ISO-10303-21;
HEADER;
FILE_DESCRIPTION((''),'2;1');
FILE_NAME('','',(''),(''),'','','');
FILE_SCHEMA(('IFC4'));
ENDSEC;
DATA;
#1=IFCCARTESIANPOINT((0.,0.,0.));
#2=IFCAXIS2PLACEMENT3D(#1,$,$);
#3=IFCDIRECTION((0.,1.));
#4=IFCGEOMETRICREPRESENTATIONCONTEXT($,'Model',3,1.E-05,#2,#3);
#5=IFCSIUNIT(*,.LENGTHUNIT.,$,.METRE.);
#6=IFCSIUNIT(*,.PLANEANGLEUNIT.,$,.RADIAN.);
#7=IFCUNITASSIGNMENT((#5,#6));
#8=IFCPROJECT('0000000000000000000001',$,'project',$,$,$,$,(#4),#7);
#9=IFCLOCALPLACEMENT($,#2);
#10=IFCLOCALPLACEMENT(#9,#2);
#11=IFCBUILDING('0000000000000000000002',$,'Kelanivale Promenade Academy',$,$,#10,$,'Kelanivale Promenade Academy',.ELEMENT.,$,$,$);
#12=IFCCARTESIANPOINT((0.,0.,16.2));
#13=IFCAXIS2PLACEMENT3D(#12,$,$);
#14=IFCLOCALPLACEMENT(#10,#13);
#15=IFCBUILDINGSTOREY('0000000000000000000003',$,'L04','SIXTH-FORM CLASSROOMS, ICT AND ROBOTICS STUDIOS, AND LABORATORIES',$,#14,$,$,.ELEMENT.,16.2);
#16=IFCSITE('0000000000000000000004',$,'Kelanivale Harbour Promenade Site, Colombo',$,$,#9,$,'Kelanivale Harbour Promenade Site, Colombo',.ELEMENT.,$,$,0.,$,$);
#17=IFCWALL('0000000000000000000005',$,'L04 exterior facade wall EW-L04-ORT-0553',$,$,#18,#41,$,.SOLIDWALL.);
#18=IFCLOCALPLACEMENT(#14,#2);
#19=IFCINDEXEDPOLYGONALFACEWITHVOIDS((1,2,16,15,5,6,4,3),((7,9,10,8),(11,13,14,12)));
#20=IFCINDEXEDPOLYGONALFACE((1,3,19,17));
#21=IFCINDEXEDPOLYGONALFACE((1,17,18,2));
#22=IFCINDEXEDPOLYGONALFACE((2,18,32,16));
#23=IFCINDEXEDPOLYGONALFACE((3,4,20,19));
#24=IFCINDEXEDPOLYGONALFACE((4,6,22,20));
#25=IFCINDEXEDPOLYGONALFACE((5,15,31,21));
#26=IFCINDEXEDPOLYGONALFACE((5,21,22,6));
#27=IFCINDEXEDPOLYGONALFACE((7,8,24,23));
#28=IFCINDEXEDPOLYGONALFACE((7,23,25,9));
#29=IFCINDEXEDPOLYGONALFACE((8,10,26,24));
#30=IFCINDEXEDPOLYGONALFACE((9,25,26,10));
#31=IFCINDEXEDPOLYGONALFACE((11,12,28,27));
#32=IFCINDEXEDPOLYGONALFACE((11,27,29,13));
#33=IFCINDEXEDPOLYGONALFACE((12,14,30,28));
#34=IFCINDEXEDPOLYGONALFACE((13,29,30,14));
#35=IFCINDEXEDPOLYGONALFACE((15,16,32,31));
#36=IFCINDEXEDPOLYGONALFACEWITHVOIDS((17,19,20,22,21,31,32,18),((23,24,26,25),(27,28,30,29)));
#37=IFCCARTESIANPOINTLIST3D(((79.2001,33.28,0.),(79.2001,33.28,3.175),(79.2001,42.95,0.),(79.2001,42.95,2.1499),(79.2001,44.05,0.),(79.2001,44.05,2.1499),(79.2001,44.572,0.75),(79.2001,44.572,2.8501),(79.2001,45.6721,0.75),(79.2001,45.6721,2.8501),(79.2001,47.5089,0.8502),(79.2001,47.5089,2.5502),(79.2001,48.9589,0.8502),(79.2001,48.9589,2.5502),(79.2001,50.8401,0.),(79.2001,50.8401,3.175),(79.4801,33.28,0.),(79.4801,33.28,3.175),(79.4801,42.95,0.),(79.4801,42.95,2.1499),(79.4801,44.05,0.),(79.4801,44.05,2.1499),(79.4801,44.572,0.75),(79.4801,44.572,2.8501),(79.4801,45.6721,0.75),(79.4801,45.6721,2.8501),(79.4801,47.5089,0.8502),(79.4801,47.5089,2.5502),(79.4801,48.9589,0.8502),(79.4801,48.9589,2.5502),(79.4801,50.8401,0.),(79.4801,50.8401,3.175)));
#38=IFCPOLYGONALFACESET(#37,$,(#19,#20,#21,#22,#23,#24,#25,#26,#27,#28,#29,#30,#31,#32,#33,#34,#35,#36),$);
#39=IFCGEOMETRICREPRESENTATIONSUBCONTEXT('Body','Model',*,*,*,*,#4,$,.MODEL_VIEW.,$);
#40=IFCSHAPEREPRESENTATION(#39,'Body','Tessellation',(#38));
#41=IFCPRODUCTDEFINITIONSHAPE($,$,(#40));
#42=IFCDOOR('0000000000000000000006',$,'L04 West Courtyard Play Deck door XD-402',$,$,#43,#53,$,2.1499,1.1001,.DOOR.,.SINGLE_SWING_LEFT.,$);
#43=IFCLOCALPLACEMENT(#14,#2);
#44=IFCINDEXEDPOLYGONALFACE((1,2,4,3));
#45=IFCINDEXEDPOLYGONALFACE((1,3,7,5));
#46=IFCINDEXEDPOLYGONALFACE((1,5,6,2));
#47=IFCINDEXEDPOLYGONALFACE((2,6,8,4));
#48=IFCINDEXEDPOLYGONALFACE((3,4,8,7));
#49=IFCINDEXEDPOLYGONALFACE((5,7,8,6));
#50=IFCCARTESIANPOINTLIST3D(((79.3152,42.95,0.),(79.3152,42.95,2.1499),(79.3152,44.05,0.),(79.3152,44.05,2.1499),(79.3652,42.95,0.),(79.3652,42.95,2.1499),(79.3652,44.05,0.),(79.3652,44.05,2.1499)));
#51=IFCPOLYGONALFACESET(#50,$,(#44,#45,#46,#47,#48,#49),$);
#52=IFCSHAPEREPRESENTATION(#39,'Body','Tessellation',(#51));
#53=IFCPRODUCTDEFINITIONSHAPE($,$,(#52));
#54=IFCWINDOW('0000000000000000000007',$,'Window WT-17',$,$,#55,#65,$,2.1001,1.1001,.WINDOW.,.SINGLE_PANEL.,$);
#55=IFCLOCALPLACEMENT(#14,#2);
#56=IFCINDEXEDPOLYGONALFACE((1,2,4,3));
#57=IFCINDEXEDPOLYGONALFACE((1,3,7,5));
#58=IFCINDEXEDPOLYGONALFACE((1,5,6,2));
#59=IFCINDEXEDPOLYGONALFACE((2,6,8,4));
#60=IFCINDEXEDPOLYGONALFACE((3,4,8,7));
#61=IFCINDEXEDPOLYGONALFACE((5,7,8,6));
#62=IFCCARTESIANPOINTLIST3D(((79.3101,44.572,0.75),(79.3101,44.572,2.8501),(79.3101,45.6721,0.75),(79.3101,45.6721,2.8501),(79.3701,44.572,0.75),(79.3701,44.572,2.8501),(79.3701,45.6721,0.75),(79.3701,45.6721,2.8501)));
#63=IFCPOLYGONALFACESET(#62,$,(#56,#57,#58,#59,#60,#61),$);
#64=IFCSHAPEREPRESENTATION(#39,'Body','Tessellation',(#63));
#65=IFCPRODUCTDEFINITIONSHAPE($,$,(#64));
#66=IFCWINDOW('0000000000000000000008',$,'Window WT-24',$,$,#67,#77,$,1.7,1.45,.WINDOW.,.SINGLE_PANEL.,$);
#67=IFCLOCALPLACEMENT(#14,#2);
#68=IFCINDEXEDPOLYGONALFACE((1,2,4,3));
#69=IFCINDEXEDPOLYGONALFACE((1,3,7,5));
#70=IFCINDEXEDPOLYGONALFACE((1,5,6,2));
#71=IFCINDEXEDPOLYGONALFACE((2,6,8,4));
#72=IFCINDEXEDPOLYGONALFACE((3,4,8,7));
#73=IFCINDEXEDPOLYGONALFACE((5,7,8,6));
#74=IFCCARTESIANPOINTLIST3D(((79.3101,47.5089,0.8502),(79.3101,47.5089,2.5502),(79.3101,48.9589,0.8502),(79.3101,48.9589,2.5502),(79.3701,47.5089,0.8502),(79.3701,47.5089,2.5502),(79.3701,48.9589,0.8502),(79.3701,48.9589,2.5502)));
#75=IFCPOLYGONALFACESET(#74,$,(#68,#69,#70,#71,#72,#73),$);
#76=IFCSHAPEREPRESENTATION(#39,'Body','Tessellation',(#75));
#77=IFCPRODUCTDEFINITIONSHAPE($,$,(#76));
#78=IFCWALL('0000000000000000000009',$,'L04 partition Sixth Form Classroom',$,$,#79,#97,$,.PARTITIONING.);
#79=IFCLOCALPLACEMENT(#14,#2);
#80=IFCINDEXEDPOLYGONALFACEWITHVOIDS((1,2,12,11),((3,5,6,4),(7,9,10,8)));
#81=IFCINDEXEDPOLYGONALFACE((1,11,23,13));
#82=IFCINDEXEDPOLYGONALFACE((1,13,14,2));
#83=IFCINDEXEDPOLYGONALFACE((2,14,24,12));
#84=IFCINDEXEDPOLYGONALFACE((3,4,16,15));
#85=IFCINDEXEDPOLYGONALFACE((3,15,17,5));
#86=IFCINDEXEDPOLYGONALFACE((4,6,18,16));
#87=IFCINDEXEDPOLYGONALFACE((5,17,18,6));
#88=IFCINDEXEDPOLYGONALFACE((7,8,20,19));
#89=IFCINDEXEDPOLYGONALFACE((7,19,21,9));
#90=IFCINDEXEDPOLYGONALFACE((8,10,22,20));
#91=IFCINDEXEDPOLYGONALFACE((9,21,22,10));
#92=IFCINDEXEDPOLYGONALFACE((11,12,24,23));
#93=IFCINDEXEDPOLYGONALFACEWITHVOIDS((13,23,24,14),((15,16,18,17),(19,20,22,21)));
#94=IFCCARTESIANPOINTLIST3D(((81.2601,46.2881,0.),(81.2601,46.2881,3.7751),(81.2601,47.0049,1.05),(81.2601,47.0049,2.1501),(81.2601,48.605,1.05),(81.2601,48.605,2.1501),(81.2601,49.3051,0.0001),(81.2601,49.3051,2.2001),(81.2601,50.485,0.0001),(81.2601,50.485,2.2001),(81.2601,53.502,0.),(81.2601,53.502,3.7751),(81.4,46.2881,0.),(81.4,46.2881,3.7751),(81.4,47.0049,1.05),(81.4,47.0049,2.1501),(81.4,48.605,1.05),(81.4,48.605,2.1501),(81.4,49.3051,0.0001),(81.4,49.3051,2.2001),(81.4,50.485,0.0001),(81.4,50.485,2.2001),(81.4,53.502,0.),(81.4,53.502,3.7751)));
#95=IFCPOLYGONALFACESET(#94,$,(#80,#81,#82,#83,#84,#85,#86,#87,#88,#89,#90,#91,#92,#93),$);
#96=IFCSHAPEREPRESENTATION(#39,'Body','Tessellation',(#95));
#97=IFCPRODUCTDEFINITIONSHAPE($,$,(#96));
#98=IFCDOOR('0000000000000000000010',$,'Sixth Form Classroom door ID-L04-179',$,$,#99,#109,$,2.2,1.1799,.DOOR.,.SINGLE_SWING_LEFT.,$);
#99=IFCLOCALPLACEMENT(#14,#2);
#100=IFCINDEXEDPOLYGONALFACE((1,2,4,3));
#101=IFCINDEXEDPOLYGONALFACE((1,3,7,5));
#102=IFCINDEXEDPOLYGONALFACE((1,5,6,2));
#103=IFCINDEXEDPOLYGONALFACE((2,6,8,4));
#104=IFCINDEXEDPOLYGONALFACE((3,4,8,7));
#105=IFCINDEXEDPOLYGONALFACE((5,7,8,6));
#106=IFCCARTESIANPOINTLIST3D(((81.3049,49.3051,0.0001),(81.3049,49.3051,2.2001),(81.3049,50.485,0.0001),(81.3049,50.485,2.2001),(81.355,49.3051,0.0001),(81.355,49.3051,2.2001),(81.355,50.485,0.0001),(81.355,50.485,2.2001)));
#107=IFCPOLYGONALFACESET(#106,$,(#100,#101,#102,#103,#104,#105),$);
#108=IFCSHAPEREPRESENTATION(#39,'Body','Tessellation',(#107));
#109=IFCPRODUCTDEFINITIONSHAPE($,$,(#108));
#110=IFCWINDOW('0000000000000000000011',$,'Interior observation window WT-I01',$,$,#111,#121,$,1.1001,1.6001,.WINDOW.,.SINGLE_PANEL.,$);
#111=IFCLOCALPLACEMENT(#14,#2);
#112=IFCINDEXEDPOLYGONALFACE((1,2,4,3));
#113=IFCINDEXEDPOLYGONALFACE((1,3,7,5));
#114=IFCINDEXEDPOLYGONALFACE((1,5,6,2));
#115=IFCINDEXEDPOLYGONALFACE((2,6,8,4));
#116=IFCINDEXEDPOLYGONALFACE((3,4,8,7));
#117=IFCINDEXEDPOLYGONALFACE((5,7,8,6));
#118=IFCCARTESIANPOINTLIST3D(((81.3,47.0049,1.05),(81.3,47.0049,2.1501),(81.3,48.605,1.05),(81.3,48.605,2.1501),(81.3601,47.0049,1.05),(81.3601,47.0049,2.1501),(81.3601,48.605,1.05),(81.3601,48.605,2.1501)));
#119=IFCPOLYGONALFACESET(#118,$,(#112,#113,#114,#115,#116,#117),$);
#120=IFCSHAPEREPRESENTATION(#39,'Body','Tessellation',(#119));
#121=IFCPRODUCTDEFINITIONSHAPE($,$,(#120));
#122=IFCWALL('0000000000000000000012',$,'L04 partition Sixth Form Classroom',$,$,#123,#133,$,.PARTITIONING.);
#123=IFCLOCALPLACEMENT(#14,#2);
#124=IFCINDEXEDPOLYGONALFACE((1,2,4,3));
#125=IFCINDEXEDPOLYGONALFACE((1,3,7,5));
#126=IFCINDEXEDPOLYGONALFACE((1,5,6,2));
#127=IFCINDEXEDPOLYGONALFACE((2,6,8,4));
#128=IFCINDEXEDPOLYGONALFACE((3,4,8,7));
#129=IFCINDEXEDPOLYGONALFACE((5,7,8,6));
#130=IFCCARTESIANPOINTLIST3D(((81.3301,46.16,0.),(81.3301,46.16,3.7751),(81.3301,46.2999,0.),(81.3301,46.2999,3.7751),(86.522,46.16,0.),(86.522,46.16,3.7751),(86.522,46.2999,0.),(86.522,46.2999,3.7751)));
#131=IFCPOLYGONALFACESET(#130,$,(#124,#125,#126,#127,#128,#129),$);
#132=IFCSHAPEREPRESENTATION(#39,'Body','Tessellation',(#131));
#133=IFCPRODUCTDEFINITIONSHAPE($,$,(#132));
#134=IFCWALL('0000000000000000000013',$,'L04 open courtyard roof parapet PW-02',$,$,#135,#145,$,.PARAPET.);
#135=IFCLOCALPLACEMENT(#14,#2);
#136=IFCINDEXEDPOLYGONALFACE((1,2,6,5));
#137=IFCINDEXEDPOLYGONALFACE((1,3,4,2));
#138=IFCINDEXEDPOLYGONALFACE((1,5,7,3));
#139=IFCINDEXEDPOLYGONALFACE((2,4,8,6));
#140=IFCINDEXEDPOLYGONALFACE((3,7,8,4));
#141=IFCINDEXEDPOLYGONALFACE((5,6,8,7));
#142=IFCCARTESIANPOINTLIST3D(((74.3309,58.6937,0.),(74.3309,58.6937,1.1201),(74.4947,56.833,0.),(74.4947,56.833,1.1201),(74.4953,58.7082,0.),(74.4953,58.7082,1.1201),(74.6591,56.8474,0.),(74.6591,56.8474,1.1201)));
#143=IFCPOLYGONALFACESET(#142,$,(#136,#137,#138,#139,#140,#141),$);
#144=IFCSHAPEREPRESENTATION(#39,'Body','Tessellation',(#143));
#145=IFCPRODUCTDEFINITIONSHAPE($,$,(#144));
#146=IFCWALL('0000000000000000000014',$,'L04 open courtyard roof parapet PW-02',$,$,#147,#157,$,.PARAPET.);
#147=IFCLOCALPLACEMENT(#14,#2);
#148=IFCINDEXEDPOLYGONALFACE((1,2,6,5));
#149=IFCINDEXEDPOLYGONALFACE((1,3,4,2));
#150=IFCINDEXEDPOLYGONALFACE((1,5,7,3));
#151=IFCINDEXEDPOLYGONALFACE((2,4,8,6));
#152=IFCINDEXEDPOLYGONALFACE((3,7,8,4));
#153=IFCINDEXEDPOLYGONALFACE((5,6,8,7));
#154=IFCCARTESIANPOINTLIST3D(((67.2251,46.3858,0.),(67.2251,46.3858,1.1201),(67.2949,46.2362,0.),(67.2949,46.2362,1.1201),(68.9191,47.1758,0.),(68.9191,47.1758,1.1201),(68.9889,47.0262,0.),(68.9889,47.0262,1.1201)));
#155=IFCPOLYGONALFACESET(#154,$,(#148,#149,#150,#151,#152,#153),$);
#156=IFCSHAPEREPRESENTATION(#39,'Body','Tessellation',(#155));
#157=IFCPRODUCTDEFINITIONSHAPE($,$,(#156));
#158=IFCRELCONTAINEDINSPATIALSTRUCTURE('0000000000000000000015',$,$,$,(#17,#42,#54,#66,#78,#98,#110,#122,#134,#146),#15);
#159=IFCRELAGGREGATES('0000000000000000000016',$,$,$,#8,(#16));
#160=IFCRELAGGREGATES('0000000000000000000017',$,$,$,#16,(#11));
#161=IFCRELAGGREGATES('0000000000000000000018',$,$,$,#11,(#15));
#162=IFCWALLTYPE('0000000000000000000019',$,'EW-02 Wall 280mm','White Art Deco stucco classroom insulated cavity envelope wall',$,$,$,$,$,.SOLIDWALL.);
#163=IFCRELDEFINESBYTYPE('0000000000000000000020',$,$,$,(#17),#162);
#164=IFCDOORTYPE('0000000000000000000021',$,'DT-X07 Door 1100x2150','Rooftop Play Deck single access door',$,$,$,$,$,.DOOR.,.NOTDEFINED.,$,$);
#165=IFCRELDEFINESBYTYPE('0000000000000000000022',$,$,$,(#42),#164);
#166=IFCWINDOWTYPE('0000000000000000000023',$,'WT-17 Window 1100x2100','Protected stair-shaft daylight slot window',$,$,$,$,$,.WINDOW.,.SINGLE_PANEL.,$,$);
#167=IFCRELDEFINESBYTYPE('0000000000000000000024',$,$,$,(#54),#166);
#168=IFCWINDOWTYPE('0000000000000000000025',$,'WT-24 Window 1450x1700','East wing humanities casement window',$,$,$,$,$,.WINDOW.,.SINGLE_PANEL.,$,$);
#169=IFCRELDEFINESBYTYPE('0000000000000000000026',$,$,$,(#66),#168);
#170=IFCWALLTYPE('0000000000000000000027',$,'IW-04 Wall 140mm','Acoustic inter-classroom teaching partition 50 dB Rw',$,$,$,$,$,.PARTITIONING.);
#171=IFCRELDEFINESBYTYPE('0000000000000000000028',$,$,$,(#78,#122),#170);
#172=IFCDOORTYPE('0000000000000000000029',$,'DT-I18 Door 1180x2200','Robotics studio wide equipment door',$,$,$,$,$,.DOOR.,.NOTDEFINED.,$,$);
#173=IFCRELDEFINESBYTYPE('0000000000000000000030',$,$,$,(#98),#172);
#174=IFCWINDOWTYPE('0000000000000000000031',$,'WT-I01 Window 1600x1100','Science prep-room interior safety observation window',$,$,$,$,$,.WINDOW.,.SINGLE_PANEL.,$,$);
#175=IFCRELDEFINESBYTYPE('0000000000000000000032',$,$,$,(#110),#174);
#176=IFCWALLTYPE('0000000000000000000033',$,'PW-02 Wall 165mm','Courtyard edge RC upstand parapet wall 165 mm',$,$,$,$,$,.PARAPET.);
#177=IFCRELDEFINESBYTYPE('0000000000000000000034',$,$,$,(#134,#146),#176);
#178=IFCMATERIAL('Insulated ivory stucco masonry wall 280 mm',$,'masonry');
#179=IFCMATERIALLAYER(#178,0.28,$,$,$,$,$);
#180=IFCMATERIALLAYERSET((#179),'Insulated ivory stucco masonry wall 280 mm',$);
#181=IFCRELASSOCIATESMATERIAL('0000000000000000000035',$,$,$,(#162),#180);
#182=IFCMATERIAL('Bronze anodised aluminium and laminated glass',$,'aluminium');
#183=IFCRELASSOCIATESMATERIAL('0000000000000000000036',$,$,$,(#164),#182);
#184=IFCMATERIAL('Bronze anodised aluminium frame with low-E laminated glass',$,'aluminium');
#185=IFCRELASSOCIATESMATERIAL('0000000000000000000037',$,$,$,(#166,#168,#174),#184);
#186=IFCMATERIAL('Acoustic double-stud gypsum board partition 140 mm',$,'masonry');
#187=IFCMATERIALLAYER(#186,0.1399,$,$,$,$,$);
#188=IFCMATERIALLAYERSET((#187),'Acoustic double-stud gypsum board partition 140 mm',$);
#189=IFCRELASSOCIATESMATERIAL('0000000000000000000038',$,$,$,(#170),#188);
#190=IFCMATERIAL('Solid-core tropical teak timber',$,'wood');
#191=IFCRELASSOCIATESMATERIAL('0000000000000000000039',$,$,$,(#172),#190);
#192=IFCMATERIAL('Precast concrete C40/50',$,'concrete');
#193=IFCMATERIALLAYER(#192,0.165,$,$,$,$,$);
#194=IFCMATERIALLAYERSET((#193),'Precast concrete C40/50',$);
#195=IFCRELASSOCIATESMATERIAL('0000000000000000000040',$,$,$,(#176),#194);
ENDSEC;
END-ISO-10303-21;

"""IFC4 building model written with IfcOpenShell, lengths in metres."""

from ifc_helpers import new_model, si_unit, direction, frame, frame_2d, origin, place, context, subcontext, project, spatial, rectangle, extrude, material, layer, layer_set, type_object, element, fill, save


model = new_model("IFC4")

# Units and contexts
model_context = context("Model", 3, precision=1e-05, world=origin(), true_north=direction((0.0, 1.0)))
body_context = subcontext(model_context, "Body", "Model", "MODEL_VIEW")
ifc_project = project(units=[si_unit("LENGTHUNIT", "METRE"), si_unit("PLANEANGLEUNIT", "RADIAN")], contexts=[model_context])

# Site, building, storey
site_placement = place(None, origin())
site = spatial("IfcSite", under=ifc_project, at=site_placement, Name="Kelanivale Harbour Promenade Site, Colombo", LongName="Kelanivale Harbour Promenade Site, Colombo", CompositionType="ELEMENT", RefElevation=0.0)
building_placement = place(site_placement, origin())
building = spatial("IfcBuilding", under=site, at=building_placement, Name="Kelanivale Promenade Academy", LongName="Kelanivale Promenade Academy", CompositionType="ELEMENT")
storey_placement = place(building_placement, frame((0.0, 0.0, 16.2)))
storey = spatial("IfcBuildingStorey", under=building, at=storey_placement, Name="L04", Description="SIXTH-FORM CLASSROOMS, ICT AND ROBOTICS STUDIOS, AND LABORATORIES", CompositionType="ELEMENT", Elevation=16.2)

# Wall, openings, door, windows
ifc_material_1 = material(Name="Insulated ivory stucco masonry wall 280 mm", Category="masonry")
ifc_layer_1 = layer(ifc_material_1, 0.28)
ifc_layer_set_1 = layer_set([ifc_layer_1], Name="Insulated ivory stucco masonry wall 280 mm")
wall_type_1 = type_object("IfcWallType", Name="EW-02 Wall 280mm", Description="White Art Deco stucco classroom insulated cavity envelope wall", PredefinedType="SOLIDWALL", material=ifc_layer_set_1)
wall_1_placement = place(storey_placement, frame((79.3401, 50.8401, 0.0), z_axis=(0.0, 0.0, 1.0), x_axis=(0.0, -1.0, 0.0)))
wall_1 = element("IfcWall", 1, at=wall_1_placement, inside=storey, type_object=wall_type_1, Name="L04 exterior facade wall EW-L04-ORT-0553", PredefinedType="SOLIDWALL", context=body_context, shape_type="SweptSolid", body=[
    extrude(rectangle(XDim=17.5601, YDim=0.28, at=frame_2d((8.78, 0.0))), origin(), (0.0, 0.0, 1.0), 3.175),
])
opening_1_placement = place(wall_1_placement, frame((6.79, 0.0, 0.0)))
opening_1 = element("IfcOpeningElement", 2, at=opening_1_placement, cuts=wall_1, PredefinedType="OPENING", context=body_context, shape_type="SweptSolid", body=[
    extrude(rectangle(XDim=1.1001, YDim=2.1499, at=frame_2d((0.55, 1.075))), frame((0.0, 0.1499, 0.0), z_axis=(0.0, -1.0, 0.0), x_axis=(1.0, 0.0, 0.0)), (0.0, 0.0, 1.0), 0.3),
])
opening_2_placement = place(wall_1_placement, frame((1.8811, 0.0, 0.8501)))
opening_2 = element("IfcOpeningElement", 3, at=opening_2_placement, cuts=wall_1, PredefinedType="OPENING", context=body_context, shape_type="SweptSolid", body=[
    extrude(rectangle(XDim=1.45, YDim=1.7, at=frame_2d((0.7251, 0.8501))), frame((0.0, 0.1499, 0.0), z_axis=(0.0, -1.0, 0.0), x_axis=(1.0, 0.0, 0.0)), (0.0, 0.0, 1.0), 0.3),
])
opening_3_placement = place(wall_1_placement, frame((5.168, 0.0, 0.75)))
opening_3 = element("IfcOpeningElement", 4, at=opening_3_placement, cuts=wall_1, PredefinedType="OPENING", context=body_context, shape_type="SweptSolid", body=[
    extrude(rectangle(XDim=1.1001, YDim=2.1001, at=frame_2d((0.55, 1.05))), frame((0.0, 0.1499, 0.0), z_axis=(0.0, -1.0, 0.0), x_axis=(1.0, 0.0, 0.0)), (0.0, 0.0, 1.0), 0.3),
])
ifc_material_2 = material(Name="Bronze anodised aluminium and laminated glass", Category="aluminium")
door_type_1 = type_object("IfcDoorType", Name="DT-X07 Door 1100x2150", Description="Rooftop Play Deck single access door", OperationType="NOTDEFINED", PredefinedType="DOOR", material=ifc_material_2)
door_1_placement = place(opening_1_placement, frame((1.1001, 0.0, 0.0), z_axis=(0.0, 0.0, 1.0), x_axis=(-1.0, 0.0, 0.0)))
door_1 = element("IfcDoor", 5, at=door_1_placement, inside=storey, type_object=door_type_1, Name="L04 West Courtyard Play Deck door XD-402", OperationType="SINGLE_SWING_LEFT", OverallHeight=2.1499, OverallWidth=1.1001, PredefinedType="DOOR", context=body_context, shape_type="SweptSolid", body=[
    extrude(rectangle(XDim=1.1001, YDim=2.1499, at=frame_2d((0.55, 1.075))), frame((0.0, 0.0249, 0.0), z_axis=(0.0, -1.0, 0.0), x_axis=(1.0, 0.0, 0.0)), (0.0, 0.0, 1.0), 0.05),
])
fill(opening_1, door_1)
ifc_material_3 = material(Name="Bronze anodised aluminium frame with low-E laminated glass", Category="aluminium")
window_type_1 = type_object("IfcWindowType", Name="WT-17 Window 1100x2100", Description="Protected stair-shaft daylight slot window", PartitioningType="SINGLE_PANEL", PredefinedType="WINDOW", material=ifc_material_3)
window_1_placement = place(opening_3_placement, origin())
window_1 = element("IfcWindow", 6, at=window_1_placement, inside=storey, type_object=window_type_1, Name="Window WT-17", OverallHeight=2.1001, OverallWidth=1.1001, PartitioningType="SINGLE_PANEL", PredefinedType="WINDOW", context=body_context, shape_type="SweptSolid", body=[
    extrude(rectangle(XDim=1.1001, YDim=2.1001, at=frame_2d((0.55, 1.05))), frame((0.0, 0.03, 0.0), z_axis=(0.0, -1.0, 0.0), x_axis=(1.0, 0.0, 0.0)), (0.0, 0.0, 1.0), 0.0601),
])
fill(opening_3, window_1)
window_type_2 = type_object("IfcWindowType", Name="WT-24 Window 1450x1700", Description="East wing humanities casement window", PartitioningType="SINGLE_PANEL", PredefinedType="WINDOW", material=ifc_material_3)
window_2_placement = place(opening_2_placement, origin())
window_2 = element("IfcWindow", 7, at=window_2_placement, inside=storey, type_object=window_type_2, Name="Window WT-24", OverallHeight=1.7, OverallWidth=1.45, PartitioningType="SINGLE_PANEL", PredefinedType="WINDOW", context=body_context, shape_type="SweptSolid", body=[
    extrude(rectangle(XDim=1.45, YDim=1.7, at=frame_2d((0.7251, 0.8501))), frame((0.0, 0.03, 0.0), z_axis=(0.0, -1.0, 0.0), x_axis=(1.0, 0.0, 0.0)), (0.0, 0.0, 1.0), 0.0601),
])
fill(opening_2, window_2)

# Wall, openings, door, window
ifc_material_4 = material(Name="Acoustic double-stud gypsum board partition 140 mm", Category="masonry")
ifc_layer_2 = layer(ifc_material_4, 0.1399)
ifc_layer_set_2 = layer_set([ifc_layer_2], Name="Acoustic double-stud gypsum board partition 140 mm")
wall_type_2 = type_object("IfcWallType", Name="IW-04 Wall 140mm", Description="Acoustic inter-classroom teaching partition 50 dB Rw", PredefinedType="PARTITIONING", material=ifc_layer_set_2)
wall_2_placement = place(storey_placement, frame((81.3301, 53.502, 0.0), z_axis=(0.0, 0.0, 1.0), x_axis=(0.0, -1.0, 0.0)))
wall_2 = element("IfcWall", 8, at=wall_2_placement, inside=storey, type_object=wall_type_2, Name="L04 partition Sixth Form Classroom", PredefinedType="PARTITIONING", context=body_context, shape_type="SweptSolid", body=[
    extrude(rectangle(XDim=7.2139, YDim=0.1399, at=frame_2d((3.6069, 0.0))), origin(), (0.0, 0.0, 1.0), 3.7751),
])
opening_4_placement = place(wall_2_placement, frame((3.0171, 0.0, 0.0)))
opening_4 = element("IfcOpeningElement", 9, at=opening_4_placement, cuts=wall_2, PredefinedType="OPENING", context=body_context, shape_type="SweptSolid", body=[
    extrude(rectangle(XDim=1.1799, YDim=2.2, at=frame_2d((0.5898, 1.1001))), frame((0.0, 0.0801, 0.0), z_axis=(0.0, -1.0, 0.0), x_axis=(1.0, 0.0, 0.0)), (0.0, 0.0, 1.0), 0.1599),
])
opening_5_placement = place(wall_2_placement, frame((4.897, 0.0, 1.05)))
opening_5 = element("IfcOpeningElement", 10, at=opening_5_placement, cuts=wall_2, PredefinedType="OPENING", context=body_context, shape_type="SweptSolid", body=[
    extrude(rectangle(XDim=1.6001, YDim=1.1001, at=frame_2d((0.8, 0.55))), frame((0.0, 0.0801, 0.0), z_axis=(0.0, -1.0, 0.0), x_axis=(1.0, 0.0, 0.0)), (0.0, 0.0, 1.0), 0.1599),
])
ifc_material_5 = material(Name="Solid-core tropical teak timber", Category="wood")
door_type_2 = type_object("IfcDoorType", Name="DT-I18 Door 1180x2200", Description="Robotics studio wide equipment door", OperationType="NOTDEFINED", PredefinedType="DOOR", material=ifc_material_5)
door_2_placement = place(opening_4_placement, origin())
door_2 = element("IfcDoor", 11, at=door_2_placement, inside=storey, type_object=door_type_2, Name="Sixth Form Classroom door ID-L04-179", OperationType="SINGLE_SWING_LEFT", OverallHeight=2.2, OverallWidth=1.1799, PredefinedType="DOOR", context=body_context, shape_type="SweptSolid", body=[
    extrude(rectangle(XDim=1.1799, YDim=2.2, at=frame_2d((0.5898, 1.1001))), frame((0.0, 0.0249, 0.0), z_axis=(0.0, -1.0, 0.0), x_axis=(1.0, 0.0, 0.0)), (0.0, 0.0, 1.0), 0.05),
])
fill(opening_4, door_2)
window_type_3 = type_object("IfcWindowType", Name="WT-I01 Window 1600x1100", Description="Science prep-room interior safety observation window", PartitioningType="SINGLE_PANEL", PredefinedType="WINDOW", material=ifc_material_3)
window_3_placement = place(opening_5_placement, origin())
window_3 = element("IfcWindow", 12, at=window_3_placement, inside=storey, type_object=window_type_3, Name="Interior observation window WT-I01", OverallHeight=1.1001, OverallWidth=1.6001, PartitioningType="SINGLE_PANEL", PredefinedType="WINDOW", context=body_context, shape_type="SweptSolid", body=[
    extrude(rectangle(XDim=1.6001, YDim=1.1001, at=frame_2d((0.8, 0.55))), frame((0.0, 0.03, 0.0), z_axis=(0.0, -1.0, 0.0), x_axis=(1.0, 0.0, 0.0)), (0.0, 0.0, 1.0), 0.0601),
])
fill(opening_5, window_3)

# Walls
wall_3_placement = place(storey_placement, frame((81.3301, 46.23, 0.0), z_axis=(0.0, 0.0, 1.0), x_axis=(1.0, 0.0, 0.0)))
element("IfcWall", 13, at=wall_3_placement, inside=storey, type_object=wall_type_2, Name="L04 partition Sixth Form Classroom", PredefinedType="PARTITIONING", context=body_context, shape_type="SweptSolid", body=[
    extrude(rectangle(XDim=5.1919, YDim=0.1399, at=frame_2d((2.5959, 0.0))), origin(), (0.0, 0.0, 1.0), 3.7751),
])
ifc_material_6 = material(Name="Precast concrete C40/50", Category="concrete")
ifc_layer_3 = layer(ifc_material_6, 0.165)
ifc_layer_set_3 = layer_set([ifc_layer_3], Name="Precast concrete C40/50")
wall_type_3 = type_object("IfcWallType", Name="PW-02 Wall 165mm", Description="Courtyard edge RC upstand parapet wall 165 mm", PredefinedType="PARAPET", material=ifc_layer_set_3)
wall_4_placement = place(storey_placement, frame((74.5769, 56.8401, 0.0), z_axis=(0.0, 0.0, 1.0), x_axis=(-0.087695, 0.996147, 0.0)))
element("IfcWall", 14, at=wall_4_placement, inside=storey, type_object=wall_type_3, Name="L04 open courtyard roof parapet PW-02", PredefinedType="PARAPET", context=body_context, shape_type="SweptSolid", body=[
    extrude(rectangle(XDim=1.8679, YDim=0.165, at=frame_2d((0.9341, 0.0))), origin(), (0.0, 0.0, 1.0), 1.1201),
])
wall_5_placement = place(storey_placement, frame((67.26, 46.311, 0.0), z_axis=(0.0, 0.0, 1.0), x_axis=(0.906293, 0.422649, 0.0)))
element("IfcWall", 15, at=wall_5_placement, inside=storey, type_object=wall_type_3, Name="L04 open courtyard roof parapet PW-02", PredefinedType="PARAPET", context=body_context, shape_type="SweptSolid", body=[
    extrude(rectangle(XDim=1.8691, YDim=0.165, at=frame_2d((0.9346, 0.0))), origin(), (0.0, 0.0, 1.0), 1.1201),
])

save(model, "model.ifc")
